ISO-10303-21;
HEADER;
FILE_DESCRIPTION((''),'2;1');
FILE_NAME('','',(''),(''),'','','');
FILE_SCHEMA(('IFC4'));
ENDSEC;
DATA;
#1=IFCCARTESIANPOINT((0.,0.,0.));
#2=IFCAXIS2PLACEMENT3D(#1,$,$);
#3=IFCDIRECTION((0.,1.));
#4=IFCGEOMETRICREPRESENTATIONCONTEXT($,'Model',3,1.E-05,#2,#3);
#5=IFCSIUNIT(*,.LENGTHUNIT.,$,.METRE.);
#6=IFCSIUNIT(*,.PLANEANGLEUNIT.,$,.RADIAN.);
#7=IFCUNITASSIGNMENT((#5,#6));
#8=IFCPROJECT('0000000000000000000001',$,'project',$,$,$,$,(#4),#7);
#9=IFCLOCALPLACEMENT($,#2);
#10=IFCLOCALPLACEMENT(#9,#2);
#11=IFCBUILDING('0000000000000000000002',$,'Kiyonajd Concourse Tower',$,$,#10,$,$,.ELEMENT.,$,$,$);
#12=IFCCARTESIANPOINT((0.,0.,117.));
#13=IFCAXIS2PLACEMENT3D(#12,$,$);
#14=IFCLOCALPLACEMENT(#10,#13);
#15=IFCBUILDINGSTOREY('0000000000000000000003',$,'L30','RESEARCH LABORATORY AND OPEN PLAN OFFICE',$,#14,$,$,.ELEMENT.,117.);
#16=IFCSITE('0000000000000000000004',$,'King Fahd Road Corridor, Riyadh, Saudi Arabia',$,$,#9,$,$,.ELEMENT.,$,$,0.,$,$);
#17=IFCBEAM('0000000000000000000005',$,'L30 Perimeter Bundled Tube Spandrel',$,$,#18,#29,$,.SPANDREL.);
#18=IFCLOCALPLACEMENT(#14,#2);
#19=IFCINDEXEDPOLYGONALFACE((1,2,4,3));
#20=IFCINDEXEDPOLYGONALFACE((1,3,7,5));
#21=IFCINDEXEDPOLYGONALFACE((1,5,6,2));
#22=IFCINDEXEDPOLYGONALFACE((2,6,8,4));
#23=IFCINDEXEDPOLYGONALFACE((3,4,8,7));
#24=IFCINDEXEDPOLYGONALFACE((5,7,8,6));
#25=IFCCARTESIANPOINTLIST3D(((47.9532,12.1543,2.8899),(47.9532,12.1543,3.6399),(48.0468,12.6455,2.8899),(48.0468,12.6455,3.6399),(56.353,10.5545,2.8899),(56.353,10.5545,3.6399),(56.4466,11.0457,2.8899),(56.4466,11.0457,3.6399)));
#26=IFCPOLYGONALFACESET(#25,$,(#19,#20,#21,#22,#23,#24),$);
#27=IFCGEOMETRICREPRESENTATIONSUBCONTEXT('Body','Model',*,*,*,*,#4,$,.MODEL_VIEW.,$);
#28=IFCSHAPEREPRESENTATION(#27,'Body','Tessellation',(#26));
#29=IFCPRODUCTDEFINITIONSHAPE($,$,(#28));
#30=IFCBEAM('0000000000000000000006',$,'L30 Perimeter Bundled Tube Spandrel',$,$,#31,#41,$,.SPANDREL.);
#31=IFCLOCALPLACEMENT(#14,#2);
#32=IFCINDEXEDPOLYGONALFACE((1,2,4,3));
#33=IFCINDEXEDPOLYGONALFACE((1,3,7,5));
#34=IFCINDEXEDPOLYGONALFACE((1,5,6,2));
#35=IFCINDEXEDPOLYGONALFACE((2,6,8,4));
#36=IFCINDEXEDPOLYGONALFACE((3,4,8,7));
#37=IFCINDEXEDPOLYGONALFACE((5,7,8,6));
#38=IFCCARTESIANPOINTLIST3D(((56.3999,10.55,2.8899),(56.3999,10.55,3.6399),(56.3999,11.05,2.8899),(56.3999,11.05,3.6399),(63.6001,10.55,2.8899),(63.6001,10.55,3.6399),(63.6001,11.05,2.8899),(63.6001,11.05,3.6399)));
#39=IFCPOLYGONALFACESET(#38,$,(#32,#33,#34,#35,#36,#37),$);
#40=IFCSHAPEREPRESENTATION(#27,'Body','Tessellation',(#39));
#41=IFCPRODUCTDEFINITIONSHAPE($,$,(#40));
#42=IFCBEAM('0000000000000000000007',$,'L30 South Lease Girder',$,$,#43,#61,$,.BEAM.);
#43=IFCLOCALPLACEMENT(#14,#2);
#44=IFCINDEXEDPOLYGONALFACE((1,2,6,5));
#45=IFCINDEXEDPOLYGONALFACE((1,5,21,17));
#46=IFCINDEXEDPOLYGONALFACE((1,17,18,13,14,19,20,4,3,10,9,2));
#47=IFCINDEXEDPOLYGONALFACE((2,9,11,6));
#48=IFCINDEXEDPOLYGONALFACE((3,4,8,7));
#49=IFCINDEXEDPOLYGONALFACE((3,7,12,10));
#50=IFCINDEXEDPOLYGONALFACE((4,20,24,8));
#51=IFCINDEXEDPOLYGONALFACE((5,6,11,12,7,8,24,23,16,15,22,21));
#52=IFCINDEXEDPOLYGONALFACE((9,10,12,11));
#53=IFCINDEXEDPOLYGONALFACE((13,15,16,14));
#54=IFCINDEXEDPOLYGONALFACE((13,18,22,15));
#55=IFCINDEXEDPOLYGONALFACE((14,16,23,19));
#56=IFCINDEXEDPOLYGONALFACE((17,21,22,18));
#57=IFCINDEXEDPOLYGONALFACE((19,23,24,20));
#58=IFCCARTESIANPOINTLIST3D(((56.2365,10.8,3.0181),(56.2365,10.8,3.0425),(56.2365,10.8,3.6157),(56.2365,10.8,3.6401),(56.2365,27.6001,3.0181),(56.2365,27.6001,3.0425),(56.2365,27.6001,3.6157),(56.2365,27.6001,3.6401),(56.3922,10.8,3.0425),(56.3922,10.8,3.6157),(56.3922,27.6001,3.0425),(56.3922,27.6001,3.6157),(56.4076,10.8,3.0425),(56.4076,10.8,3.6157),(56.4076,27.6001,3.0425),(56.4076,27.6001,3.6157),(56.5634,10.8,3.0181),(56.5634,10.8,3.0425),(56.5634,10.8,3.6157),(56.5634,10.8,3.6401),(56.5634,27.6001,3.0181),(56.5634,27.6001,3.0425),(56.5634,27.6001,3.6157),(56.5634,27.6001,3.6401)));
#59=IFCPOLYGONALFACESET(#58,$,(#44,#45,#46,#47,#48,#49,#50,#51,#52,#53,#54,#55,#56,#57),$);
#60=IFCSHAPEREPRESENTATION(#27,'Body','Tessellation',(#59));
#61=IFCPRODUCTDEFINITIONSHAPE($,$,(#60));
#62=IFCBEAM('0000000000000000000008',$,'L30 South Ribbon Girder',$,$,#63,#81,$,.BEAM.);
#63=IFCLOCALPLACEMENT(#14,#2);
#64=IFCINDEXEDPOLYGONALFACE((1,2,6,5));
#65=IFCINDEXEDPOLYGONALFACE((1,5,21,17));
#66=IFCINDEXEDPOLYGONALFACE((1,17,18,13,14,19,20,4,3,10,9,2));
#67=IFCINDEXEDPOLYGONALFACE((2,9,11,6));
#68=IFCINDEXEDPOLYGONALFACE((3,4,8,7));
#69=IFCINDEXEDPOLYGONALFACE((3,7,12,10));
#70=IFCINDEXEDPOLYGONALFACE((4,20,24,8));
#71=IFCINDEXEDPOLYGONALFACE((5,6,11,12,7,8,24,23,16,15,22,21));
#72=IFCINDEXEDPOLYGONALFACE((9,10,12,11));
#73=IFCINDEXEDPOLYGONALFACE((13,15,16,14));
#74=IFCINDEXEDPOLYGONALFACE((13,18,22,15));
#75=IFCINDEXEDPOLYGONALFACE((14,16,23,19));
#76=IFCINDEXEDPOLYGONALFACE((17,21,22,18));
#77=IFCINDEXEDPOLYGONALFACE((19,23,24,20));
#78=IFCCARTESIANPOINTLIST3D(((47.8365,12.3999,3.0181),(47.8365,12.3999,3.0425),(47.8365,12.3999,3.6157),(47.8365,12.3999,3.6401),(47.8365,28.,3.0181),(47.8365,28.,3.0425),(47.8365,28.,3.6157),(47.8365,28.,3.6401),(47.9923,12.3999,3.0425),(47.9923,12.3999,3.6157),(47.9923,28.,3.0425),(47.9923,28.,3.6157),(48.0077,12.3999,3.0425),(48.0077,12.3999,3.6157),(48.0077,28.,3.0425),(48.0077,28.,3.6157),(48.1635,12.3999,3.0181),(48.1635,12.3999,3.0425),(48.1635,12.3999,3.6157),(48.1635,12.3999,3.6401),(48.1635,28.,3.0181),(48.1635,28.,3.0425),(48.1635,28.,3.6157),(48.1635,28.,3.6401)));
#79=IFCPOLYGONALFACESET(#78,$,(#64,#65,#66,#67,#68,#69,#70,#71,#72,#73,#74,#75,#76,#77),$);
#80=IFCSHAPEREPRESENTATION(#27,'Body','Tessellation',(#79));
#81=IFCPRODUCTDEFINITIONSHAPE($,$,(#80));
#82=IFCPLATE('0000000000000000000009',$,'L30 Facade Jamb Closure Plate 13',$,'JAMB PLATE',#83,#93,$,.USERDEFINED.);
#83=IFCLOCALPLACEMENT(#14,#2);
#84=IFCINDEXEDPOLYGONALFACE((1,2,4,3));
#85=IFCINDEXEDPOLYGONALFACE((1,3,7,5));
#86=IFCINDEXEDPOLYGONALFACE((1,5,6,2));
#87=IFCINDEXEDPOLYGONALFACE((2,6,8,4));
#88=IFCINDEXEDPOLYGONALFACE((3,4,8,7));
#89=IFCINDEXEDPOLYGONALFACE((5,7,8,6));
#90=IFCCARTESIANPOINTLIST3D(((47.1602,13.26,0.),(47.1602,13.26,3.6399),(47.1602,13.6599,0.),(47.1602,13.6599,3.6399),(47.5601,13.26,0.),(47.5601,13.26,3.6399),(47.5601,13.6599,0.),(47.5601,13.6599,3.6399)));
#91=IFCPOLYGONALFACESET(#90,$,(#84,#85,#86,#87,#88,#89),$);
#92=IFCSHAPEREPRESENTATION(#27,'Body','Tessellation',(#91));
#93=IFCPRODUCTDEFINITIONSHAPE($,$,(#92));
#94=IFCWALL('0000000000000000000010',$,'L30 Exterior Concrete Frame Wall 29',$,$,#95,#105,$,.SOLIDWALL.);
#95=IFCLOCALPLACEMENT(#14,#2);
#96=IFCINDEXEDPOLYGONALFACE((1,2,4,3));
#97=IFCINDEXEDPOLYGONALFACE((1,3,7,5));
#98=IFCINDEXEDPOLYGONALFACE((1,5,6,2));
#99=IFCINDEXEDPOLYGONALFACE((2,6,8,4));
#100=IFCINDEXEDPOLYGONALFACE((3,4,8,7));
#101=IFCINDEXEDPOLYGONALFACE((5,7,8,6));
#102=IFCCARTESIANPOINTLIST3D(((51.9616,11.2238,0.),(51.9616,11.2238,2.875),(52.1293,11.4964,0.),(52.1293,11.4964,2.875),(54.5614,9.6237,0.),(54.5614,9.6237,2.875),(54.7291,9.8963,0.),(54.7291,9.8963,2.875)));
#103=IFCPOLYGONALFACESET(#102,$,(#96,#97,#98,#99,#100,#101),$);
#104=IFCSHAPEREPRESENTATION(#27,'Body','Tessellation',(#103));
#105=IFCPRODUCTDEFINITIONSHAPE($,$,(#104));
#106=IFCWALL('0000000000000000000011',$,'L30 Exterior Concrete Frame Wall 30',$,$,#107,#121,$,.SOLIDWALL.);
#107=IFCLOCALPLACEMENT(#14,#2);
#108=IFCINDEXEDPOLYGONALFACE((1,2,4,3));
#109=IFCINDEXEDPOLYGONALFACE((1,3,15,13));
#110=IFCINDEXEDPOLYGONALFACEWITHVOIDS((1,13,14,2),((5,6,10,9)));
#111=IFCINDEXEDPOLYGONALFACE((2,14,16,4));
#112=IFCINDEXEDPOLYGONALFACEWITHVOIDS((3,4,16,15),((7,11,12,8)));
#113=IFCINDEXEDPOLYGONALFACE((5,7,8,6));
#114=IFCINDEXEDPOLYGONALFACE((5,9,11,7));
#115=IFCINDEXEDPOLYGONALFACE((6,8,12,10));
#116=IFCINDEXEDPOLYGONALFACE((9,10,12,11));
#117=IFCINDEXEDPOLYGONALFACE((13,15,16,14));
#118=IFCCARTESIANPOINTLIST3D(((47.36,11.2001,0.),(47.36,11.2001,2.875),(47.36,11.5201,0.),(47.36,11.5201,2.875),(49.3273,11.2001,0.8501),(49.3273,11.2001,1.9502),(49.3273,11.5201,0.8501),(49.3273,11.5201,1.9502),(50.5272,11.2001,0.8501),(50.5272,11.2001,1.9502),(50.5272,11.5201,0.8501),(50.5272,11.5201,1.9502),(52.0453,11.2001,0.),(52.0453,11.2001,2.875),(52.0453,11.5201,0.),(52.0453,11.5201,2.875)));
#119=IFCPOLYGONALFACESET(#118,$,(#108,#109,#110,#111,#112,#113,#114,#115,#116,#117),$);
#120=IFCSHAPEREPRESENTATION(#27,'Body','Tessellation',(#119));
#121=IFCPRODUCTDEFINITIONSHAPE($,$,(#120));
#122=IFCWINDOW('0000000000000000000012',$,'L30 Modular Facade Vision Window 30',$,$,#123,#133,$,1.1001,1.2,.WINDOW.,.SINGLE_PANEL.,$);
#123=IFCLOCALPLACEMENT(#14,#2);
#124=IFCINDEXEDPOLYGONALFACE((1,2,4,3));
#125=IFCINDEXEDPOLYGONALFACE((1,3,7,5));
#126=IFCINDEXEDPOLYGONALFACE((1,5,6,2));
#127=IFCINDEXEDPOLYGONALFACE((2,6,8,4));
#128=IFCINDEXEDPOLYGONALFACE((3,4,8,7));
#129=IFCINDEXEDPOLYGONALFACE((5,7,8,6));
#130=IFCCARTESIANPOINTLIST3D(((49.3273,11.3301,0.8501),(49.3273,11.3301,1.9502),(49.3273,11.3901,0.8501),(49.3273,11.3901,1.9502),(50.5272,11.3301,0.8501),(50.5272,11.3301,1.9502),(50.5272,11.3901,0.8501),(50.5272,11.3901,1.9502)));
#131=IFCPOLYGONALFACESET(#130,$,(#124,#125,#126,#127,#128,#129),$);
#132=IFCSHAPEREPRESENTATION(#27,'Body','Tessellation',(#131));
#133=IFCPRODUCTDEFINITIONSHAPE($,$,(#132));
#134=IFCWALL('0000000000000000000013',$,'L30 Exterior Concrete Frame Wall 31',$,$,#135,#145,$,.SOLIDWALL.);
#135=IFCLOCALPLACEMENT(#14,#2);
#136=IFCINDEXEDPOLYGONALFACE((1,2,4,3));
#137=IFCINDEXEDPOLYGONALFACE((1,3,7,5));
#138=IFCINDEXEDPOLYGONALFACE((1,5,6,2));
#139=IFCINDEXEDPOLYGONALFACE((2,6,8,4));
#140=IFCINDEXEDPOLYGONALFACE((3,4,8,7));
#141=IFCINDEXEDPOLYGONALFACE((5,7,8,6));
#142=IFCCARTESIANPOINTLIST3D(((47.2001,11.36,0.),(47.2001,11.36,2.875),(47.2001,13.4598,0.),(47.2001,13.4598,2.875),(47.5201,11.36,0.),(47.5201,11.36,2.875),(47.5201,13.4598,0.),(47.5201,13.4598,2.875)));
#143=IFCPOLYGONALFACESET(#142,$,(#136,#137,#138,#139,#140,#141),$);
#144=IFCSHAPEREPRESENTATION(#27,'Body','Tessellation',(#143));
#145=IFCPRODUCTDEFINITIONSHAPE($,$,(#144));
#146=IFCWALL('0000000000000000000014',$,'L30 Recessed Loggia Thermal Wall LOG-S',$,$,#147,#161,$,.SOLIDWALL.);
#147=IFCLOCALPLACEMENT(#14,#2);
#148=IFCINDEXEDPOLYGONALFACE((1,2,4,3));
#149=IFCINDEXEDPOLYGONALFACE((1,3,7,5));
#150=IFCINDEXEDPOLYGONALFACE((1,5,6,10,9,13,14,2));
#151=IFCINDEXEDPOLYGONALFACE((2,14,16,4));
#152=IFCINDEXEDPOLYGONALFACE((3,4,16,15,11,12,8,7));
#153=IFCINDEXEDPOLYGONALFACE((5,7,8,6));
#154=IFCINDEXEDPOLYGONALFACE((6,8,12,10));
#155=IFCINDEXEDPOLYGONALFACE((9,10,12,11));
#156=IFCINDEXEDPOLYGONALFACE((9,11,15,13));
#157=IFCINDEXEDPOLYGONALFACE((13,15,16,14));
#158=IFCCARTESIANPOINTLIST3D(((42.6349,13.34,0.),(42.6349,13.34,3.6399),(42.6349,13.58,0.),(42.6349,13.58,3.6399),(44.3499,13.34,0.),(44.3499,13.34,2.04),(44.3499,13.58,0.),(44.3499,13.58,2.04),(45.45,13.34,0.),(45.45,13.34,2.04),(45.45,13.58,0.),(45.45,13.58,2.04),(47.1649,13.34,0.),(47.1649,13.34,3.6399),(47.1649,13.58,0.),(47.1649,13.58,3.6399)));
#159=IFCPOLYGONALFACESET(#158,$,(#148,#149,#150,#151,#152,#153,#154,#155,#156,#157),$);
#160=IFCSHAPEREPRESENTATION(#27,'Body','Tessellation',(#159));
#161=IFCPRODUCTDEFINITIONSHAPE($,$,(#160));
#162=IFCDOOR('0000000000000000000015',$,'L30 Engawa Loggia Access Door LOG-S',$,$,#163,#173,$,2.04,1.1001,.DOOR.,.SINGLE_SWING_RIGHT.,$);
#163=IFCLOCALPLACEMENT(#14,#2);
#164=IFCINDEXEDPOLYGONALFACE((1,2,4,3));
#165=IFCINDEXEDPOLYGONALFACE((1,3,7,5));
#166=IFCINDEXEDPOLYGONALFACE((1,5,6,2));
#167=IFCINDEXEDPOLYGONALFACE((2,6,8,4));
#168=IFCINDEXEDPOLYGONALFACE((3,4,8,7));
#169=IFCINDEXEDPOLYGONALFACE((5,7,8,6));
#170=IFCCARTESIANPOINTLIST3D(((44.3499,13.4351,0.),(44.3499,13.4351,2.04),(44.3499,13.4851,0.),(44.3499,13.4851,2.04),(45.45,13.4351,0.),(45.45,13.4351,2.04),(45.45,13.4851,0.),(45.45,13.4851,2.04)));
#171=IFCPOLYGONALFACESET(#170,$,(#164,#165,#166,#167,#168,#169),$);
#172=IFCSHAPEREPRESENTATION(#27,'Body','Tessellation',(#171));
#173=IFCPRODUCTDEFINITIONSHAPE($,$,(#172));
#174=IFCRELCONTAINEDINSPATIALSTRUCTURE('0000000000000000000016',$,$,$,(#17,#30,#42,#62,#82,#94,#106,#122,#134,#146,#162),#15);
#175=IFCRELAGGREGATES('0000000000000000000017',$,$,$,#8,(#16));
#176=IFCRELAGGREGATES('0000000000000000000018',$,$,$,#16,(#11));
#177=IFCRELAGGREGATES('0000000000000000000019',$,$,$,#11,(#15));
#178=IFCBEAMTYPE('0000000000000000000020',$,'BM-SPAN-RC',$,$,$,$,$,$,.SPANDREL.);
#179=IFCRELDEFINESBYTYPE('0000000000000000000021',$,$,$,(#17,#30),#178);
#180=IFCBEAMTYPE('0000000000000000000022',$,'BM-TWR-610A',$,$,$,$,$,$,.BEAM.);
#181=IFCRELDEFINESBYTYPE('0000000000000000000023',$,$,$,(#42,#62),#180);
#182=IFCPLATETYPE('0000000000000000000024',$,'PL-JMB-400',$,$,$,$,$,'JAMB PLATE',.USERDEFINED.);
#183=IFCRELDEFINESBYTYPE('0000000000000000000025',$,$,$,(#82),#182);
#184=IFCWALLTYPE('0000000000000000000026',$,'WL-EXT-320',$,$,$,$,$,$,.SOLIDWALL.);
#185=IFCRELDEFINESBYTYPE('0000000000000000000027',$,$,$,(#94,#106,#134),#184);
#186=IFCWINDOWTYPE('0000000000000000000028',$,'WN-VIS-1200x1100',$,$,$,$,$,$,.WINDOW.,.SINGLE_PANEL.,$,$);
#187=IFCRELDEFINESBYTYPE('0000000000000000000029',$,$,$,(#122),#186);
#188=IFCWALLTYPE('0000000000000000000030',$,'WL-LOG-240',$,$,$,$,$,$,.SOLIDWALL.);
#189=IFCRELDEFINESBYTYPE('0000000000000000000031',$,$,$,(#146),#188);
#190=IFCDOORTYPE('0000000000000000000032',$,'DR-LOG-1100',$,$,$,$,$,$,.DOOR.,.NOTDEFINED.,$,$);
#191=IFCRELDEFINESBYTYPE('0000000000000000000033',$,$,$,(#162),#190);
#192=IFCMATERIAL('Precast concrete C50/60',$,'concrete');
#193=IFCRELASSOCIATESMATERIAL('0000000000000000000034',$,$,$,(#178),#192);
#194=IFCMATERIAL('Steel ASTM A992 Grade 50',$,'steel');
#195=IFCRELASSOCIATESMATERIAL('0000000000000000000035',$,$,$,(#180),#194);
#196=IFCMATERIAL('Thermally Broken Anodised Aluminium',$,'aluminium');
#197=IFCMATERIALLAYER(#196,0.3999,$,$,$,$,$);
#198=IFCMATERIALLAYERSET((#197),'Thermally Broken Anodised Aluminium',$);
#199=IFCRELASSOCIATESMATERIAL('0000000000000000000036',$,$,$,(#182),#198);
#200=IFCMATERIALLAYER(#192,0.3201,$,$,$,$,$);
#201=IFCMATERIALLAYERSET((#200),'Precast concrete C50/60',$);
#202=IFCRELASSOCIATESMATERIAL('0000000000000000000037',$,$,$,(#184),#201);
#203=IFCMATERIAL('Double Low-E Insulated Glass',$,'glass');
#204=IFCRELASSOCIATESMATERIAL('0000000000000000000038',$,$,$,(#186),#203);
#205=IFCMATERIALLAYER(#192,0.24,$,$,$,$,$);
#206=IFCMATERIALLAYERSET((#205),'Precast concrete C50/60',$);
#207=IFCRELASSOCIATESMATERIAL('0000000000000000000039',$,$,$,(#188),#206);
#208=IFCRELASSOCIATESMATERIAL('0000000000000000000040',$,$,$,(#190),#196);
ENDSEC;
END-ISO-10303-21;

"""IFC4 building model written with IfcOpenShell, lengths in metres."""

from ifc_helpers import new_model, si_unit, direction, frame, frame_2d, origin, origin_2d, place, context, subcontext, project, spatial, rectangle, i_section, extrude, material, layer, layer_set, material_profile, profile_set, type_object, element, fill, save


model = new_model("IFC4")

# Units and contexts
model_context = context("Model", 3, precision=1e-05, world=origin(), true_north=direction((0.0, 1.0)))
body_context = subcontext(model_context, "Body", "Model", "MODEL_VIEW")
ifc_project = project(units=[si_unit("LENGTHUNIT", "METRE"), si_unit("PLANEANGLEUNIT", "RADIAN")], contexts=[model_context])

# Site, building, storey
site_placement = place(None, origin())
site = spatial("IfcSite", under=ifc_project, at=site_placement, Name="King Fahd Road Corridor, Riyadh, Saudi Arabia", CompositionType="ELEMENT", RefElevation=0.0)
building_placement = place(site_placement, origin())
building = spatial("IfcBuilding", under=site, at=building_placement, Name="Kiyonajd Concourse Tower", CompositionType="ELEMENT")
storey_placement = place(building_placement, frame((0.0, 0.0, 117.0)))
storey = spatial("IfcBuildingStorey", under=building, at=storey_placement, Name="L30", Description="RESEARCH LABORATORY AND OPEN PLAN OFFICE", CompositionType="ELEMENT", Elevation=117.0)

# Beams
ifc_material_1 = material(Name="Steel ASTM A992 Grade 50", Category="steel")
ifc_material_2 = material(Name="Precast concrete C50/60", Category="concrete")
ifc_material_profile_1 = material_profile(ifc_material_2, rectangle(XDim=0.5, YDim=0.75, at=origin_2d()), Name="RCBM-500x750")
ifc_profile_set_1 = profile_set([ifc_material_profile_1], Name="Precast concrete C50/60")
beam_type_1 = type_object("IfcBeamType", Name="BM-SPAN-RC", PredefinedType="SPANDREL", material=ifc_profile_set_1)
beam_1_placement = place(storey_placement, frame((48.0, 12.3999, 3.2649), z_axis=(0.982341, -0.187098, 0.0), x_axis=(0.187098, 0.982341, 0.0)))
element("IfcBeam", 1, at=beam_1_placement, inside=storey, type_object=beam_type_1, Name="L30 Perimeter Bundled Tube Spandrel", PredefinedType="SPANDREL", context=body_context, shape_type="SweptSolid", body=[
    extrude(rectangle(XDim=0.5, YDim=0.75, at=origin_2d()), origin(), (0.0, 0.0, 1.0), 8.5508),
])
beam_2_placement = place(storey_placement, frame((56.3999, 10.8, 3.2649), z_axis=(1.0, 0.0, 0.0), x_axis=(0.0, 1.0, 0.0)))
element("IfcBeam", 2, at=beam_2_placement, inside=storey, type_object=beam_type_1, Name="L30 Perimeter Bundled Tube Spandrel", PredefinedType="SPANDREL", context=body_context, shape_type="SweptSolid", body=[
    extrude(rectangle(XDim=0.5, YDim=0.75, at=origin_2d()), origin(), (0.0, 0.0, 1.0), 7.2002),
])
ifc_material_profile_2 = material_profile(ifc_material_1, i_section(OverallWidth=0.3269, OverallDepth=0.6221, WebThickness=0.0154, FlangeThickness=0.0244, at=origin_2d()), Name="W610X195")
ifc_profile_set_2 = profile_set([ifc_material_profile_2], Name="Steel ASTM A992 Grade 50")
beam_type_2 = type_object("IfcBeamType", Name="BM-TWR-610A", PredefinedType="BEAM", material=ifc_profile_set_2)
beam_3_placement = place(storey_placement, frame((56.3999, 10.8, 3.3291), z_axis=(0.0, 1.0, 0.0), x_axis=(-1.0, 0.0, 0.0)))
element("IfcBeam", 3, at=beam_3_placement, inside=storey, type_object=beam_type_2, Name="L30 South Lease Girder", PredefinedType="BEAM", context=body_context, shape_type="SweptSolid", body=[
    extrude(i_section(OverallWidth=0.3269, OverallDepth=0.6221, WebThickness=0.0154, FlangeThickness=0.0244, at=origin_2d()), origin(), (0.0, 0.0, 1.0), 16.8),
])
beam_4_placement = place(storey_placement, frame((48.0, 12.3999, 3.3291), z_axis=(0.0, 1.0, 0.0), x_axis=(-1.0, 0.0, 0.0)))
element("IfcBeam", 4, at=beam_4_placement, inside=storey, type_object=beam_type_2, Name="L30 South Ribbon Girder", PredefinedType="BEAM", context=body_context, shape_type="SweptSolid", body=[
    extrude(i_section(OverallWidth=0.3269, OverallDepth=0.6221, WebThickness=0.0154, FlangeThickness=0.0244, at=origin_2d()), origin(), (0.0, 0.0, 1.0), 15.6001),
])

# Plate
ifc_material_3 = material(Name="Thermally Broken Anodised Aluminium", Category="aluminium")
ifc_layer_1 = layer(ifc_material_3, 0.3999)
ifc_layer_set_1 = layer_set([ifc_layer_1], Name="Thermally Broken Anodised Aluminium")
plate_type = type_object("IfcPlateType", Name="PL-JMB-400", ElementType="JAMB PLATE", PredefinedType="USERDEFINED", material=ifc_layer_set_1)
plate_placement = place(storey_placement, frame((47.3601, 13.46, 0.0), z_axis=(0.0, 0.0, 1.0), x_axis=(1.0, 0.0, 0.0)))
element("IfcPlate", 5, at=plate_placement, inside=storey, type_object=plate_type, Name="L30 Facade Jamb Closure Plate 13", ObjectType="JAMB PLATE", PredefinedType="USERDEFINED", context=body_context, shape_type="SweptSolid", body=[
    extrude(rectangle(XDim=0.3999, YDim=0.3999, at=origin_2d()), origin(), (0.0, 0.0, 1.0), 3.6399),
])

# Wall
ifc_layer_2 = layer(ifc_material_2, 0.3201)
ifc_layer_set_2 = layer_set([ifc_layer_2], Name="Precast concrete C50/60")
wall_type_1 = type_object("IfcWallType", Name="WL-EXT-320", PredefinedType="SOLIDWALL", material=ifc_layer_set_2)
wall_1_placement = place(storey_placement, frame((54.6453, 9.76, 0.0), z_axis=(0.0, 0.0, 1.0), x_axis=(-0.851631, 0.524142, 0.0)))
element("IfcWall", 6, at=wall_1_placement, inside=storey, type_object=wall_type_1, Name="L30 Exterior Concrete Frame Wall 29", PredefinedType="SOLIDWALL", context=body_context, shape_type="SweptSolid", body=[
    extrude(rectangle(XDim=3.0527, YDim=0.3201, at=frame_2d((1.5264, 0.0))), origin(), (0.0, 0.0, 1.0), 2.875),
])

# Wall, opening, window
wall_2_placement = place(storey_placement, frame((52.0454, 11.3601, 0.0), z_axis=(0.0, 0.0, 1.0), x_axis=(-1.0, 0.0, 0.0)))
wall_2 = element("IfcWall", 7, at=wall_2_placement, inside=storey, type_object=wall_type_1, Name="L30 Exterior Concrete Frame Wall 30", PredefinedType="SOLIDWALL", context=body_context, shape_type="SweptSolid", body=[
    extrude(rectangle(XDim=4.6853, YDim=0.3201, at=frame_2d((2.3428, 0.0))), origin(), (0.0, 0.0, 1.0), 2.875),
])
opening_1_placement = place(wall_2_placement, frame((1.5181, 0.0, 0.8501)))
opening_1 = element("IfcOpeningElement", 8, at=opening_1_placement, cuts=wall_2, PredefinedType="OPENING", context=body_context, shape_type="SweptSolid", body=[
    extrude(rectangle(XDim=1.2, YDim=1.1001, at=frame_2d((0.6001, 0.55))), frame((0.0, 0.1699, 0.0), z_axis=(0.0, -1.0, 0.0), x_axis=(1.0, 0.0, 0.0)), (0.0, 0.0, 1.0), 0.3401),
])
ifc_material_4 = material(Name="Double Low-E Insulated Glass", Category="glass")
window_type = type_object("IfcWindowType", Name="WN-VIS-1200x1100", PartitioningType="SINGLE_PANEL", PredefinedType="WINDOW", material=ifc_material_4)
window_placement = place(opening_1_placement, origin())
window = element("IfcWindow", 9, at=window_placement, inside=storey, type_object=window_type, Name="L30 Modular Facade Vision Window 30", OverallHeight=1.1001, OverallWidth=1.2, PartitioningType="SINGLE_PANEL", PredefinedType="WINDOW", context=body_context, shape_type="SweptSolid", body=[
    extrude(rectangle(XDim=1.2, YDim=1.1001, at=frame_2d((0.6001, 0.55))), frame((0.0, 0.03, 0.0), z_axis=(0.0, -1.0, 0.0), x_axis=(1.0, 0.0, 0.0)), (0.0, 0.0, 1.0), 0.0601),
])
fill(opening_1, window)

# Wall
wall_3_placement = place(storey_placement, frame((47.3601, 11.3601, 0.0), z_axis=(0.0, 0.0, 1.0), x_axis=(0.0, 1.0, 0.0)))
element("IfcWall", 10, at=wall_3_placement, inside=storey, type_object=wall_type_1, Name="L30 Exterior Concrete Frame Wall 31", PredefinedType="SOLIDWALL", context=body_context, shape_type="SweptSolid", body=[
    extrude(rectangle(XDim=2.0999, YDim=0.3201, at=frame_2d((1.0498, 0.0))), origin(), (0.0, 0.0, 1.0), 2.875),
])

# Wall, opening, door
ifc_layer_3 = layer(ifc_material_2, 0.24)
ifc_layer_set_3 = layer_set([ifc_layer_3], Name="Precast concrete C50/60")
wall_type_2 = type_object("IfcWallType", Name="WL-LOG-240", PredefinedType="SOLIDWALL", material=ifc_layer_set_3)
wall_4_placement = place(storey_placement, frame((47.165, 13.46, 0.0), z_axis=(0.0, 0.0, 1.0), x_axis=(-1.0, 0.0, 0.0)))
wall_4 = element("IfcWall", 11, at=wall_4_placement, inside=storey, type_object=wall_type_2, Name="L30 Recessed Loggia Thermal Wall LOG-S", PredefinedType="SOLIDWALL", context=body_context, shape_type="SweptSolid", body=[
    extrude(rectangle(XDim=4.53, YDim=0.24, at=frame_2d((2.2651, 0.0))), origin(), (0.0, 0.0, 1.0), 3.6399),
])
opening_2_placement = place(wall_4_placement, frame((1.7151, 0.0, 0.0)))
opening_2 = element("IfcOpeningElement", 12, at=opening_2_placement, cuts=wall_4, PredefinedType="OPENING", context=body_context, shape_type="SweptSolid", body=[
    extrude(rectangle(XDim=1.1001, YDim=2.04, at=frame_2d((0.55, 1.02))), frame((0.0, 0.1299, 0.0), z_axis=(0.0, -1.0, 0.0), x_axis=(1.0, 0.0, 0.0)), (0.0, 0.0, 1.0), 0.26),
])
door_type = type_object("IfcDoorType", Name="DR-LOG-1100", OperationType="NOTDEFINED", PredefinedType="DOOR", material=ifc_material_3)
door_placement = place(opening_2_placement, origin())
door = element("IfcDoor", 13, at=door_placement, inside=storey, type_object=door_type, Name="L30 Engawa Loggia Access Door LOG-S", OperationType="SINGLE_SWING_RIGHT", OverallHeight=2.04, OverallWidth=1.1001, PredefinedType="DOOR", context=body_context, shape_type="SweptSolid", body=[
    extrude(rectangle(XDim=1.1001, YDim=2.04, at=frame_2d((0.55, 1.02))), frame((0.0, 0.0249, 0.0), z_axis=(0.0, -1.0, 0.0), x_axis=(1.0, 0.0, 0.0)), (0.0, 0.0, 1.0), 0.05),
])
fill(opening_2, door)

save(model, "model.ifc")
